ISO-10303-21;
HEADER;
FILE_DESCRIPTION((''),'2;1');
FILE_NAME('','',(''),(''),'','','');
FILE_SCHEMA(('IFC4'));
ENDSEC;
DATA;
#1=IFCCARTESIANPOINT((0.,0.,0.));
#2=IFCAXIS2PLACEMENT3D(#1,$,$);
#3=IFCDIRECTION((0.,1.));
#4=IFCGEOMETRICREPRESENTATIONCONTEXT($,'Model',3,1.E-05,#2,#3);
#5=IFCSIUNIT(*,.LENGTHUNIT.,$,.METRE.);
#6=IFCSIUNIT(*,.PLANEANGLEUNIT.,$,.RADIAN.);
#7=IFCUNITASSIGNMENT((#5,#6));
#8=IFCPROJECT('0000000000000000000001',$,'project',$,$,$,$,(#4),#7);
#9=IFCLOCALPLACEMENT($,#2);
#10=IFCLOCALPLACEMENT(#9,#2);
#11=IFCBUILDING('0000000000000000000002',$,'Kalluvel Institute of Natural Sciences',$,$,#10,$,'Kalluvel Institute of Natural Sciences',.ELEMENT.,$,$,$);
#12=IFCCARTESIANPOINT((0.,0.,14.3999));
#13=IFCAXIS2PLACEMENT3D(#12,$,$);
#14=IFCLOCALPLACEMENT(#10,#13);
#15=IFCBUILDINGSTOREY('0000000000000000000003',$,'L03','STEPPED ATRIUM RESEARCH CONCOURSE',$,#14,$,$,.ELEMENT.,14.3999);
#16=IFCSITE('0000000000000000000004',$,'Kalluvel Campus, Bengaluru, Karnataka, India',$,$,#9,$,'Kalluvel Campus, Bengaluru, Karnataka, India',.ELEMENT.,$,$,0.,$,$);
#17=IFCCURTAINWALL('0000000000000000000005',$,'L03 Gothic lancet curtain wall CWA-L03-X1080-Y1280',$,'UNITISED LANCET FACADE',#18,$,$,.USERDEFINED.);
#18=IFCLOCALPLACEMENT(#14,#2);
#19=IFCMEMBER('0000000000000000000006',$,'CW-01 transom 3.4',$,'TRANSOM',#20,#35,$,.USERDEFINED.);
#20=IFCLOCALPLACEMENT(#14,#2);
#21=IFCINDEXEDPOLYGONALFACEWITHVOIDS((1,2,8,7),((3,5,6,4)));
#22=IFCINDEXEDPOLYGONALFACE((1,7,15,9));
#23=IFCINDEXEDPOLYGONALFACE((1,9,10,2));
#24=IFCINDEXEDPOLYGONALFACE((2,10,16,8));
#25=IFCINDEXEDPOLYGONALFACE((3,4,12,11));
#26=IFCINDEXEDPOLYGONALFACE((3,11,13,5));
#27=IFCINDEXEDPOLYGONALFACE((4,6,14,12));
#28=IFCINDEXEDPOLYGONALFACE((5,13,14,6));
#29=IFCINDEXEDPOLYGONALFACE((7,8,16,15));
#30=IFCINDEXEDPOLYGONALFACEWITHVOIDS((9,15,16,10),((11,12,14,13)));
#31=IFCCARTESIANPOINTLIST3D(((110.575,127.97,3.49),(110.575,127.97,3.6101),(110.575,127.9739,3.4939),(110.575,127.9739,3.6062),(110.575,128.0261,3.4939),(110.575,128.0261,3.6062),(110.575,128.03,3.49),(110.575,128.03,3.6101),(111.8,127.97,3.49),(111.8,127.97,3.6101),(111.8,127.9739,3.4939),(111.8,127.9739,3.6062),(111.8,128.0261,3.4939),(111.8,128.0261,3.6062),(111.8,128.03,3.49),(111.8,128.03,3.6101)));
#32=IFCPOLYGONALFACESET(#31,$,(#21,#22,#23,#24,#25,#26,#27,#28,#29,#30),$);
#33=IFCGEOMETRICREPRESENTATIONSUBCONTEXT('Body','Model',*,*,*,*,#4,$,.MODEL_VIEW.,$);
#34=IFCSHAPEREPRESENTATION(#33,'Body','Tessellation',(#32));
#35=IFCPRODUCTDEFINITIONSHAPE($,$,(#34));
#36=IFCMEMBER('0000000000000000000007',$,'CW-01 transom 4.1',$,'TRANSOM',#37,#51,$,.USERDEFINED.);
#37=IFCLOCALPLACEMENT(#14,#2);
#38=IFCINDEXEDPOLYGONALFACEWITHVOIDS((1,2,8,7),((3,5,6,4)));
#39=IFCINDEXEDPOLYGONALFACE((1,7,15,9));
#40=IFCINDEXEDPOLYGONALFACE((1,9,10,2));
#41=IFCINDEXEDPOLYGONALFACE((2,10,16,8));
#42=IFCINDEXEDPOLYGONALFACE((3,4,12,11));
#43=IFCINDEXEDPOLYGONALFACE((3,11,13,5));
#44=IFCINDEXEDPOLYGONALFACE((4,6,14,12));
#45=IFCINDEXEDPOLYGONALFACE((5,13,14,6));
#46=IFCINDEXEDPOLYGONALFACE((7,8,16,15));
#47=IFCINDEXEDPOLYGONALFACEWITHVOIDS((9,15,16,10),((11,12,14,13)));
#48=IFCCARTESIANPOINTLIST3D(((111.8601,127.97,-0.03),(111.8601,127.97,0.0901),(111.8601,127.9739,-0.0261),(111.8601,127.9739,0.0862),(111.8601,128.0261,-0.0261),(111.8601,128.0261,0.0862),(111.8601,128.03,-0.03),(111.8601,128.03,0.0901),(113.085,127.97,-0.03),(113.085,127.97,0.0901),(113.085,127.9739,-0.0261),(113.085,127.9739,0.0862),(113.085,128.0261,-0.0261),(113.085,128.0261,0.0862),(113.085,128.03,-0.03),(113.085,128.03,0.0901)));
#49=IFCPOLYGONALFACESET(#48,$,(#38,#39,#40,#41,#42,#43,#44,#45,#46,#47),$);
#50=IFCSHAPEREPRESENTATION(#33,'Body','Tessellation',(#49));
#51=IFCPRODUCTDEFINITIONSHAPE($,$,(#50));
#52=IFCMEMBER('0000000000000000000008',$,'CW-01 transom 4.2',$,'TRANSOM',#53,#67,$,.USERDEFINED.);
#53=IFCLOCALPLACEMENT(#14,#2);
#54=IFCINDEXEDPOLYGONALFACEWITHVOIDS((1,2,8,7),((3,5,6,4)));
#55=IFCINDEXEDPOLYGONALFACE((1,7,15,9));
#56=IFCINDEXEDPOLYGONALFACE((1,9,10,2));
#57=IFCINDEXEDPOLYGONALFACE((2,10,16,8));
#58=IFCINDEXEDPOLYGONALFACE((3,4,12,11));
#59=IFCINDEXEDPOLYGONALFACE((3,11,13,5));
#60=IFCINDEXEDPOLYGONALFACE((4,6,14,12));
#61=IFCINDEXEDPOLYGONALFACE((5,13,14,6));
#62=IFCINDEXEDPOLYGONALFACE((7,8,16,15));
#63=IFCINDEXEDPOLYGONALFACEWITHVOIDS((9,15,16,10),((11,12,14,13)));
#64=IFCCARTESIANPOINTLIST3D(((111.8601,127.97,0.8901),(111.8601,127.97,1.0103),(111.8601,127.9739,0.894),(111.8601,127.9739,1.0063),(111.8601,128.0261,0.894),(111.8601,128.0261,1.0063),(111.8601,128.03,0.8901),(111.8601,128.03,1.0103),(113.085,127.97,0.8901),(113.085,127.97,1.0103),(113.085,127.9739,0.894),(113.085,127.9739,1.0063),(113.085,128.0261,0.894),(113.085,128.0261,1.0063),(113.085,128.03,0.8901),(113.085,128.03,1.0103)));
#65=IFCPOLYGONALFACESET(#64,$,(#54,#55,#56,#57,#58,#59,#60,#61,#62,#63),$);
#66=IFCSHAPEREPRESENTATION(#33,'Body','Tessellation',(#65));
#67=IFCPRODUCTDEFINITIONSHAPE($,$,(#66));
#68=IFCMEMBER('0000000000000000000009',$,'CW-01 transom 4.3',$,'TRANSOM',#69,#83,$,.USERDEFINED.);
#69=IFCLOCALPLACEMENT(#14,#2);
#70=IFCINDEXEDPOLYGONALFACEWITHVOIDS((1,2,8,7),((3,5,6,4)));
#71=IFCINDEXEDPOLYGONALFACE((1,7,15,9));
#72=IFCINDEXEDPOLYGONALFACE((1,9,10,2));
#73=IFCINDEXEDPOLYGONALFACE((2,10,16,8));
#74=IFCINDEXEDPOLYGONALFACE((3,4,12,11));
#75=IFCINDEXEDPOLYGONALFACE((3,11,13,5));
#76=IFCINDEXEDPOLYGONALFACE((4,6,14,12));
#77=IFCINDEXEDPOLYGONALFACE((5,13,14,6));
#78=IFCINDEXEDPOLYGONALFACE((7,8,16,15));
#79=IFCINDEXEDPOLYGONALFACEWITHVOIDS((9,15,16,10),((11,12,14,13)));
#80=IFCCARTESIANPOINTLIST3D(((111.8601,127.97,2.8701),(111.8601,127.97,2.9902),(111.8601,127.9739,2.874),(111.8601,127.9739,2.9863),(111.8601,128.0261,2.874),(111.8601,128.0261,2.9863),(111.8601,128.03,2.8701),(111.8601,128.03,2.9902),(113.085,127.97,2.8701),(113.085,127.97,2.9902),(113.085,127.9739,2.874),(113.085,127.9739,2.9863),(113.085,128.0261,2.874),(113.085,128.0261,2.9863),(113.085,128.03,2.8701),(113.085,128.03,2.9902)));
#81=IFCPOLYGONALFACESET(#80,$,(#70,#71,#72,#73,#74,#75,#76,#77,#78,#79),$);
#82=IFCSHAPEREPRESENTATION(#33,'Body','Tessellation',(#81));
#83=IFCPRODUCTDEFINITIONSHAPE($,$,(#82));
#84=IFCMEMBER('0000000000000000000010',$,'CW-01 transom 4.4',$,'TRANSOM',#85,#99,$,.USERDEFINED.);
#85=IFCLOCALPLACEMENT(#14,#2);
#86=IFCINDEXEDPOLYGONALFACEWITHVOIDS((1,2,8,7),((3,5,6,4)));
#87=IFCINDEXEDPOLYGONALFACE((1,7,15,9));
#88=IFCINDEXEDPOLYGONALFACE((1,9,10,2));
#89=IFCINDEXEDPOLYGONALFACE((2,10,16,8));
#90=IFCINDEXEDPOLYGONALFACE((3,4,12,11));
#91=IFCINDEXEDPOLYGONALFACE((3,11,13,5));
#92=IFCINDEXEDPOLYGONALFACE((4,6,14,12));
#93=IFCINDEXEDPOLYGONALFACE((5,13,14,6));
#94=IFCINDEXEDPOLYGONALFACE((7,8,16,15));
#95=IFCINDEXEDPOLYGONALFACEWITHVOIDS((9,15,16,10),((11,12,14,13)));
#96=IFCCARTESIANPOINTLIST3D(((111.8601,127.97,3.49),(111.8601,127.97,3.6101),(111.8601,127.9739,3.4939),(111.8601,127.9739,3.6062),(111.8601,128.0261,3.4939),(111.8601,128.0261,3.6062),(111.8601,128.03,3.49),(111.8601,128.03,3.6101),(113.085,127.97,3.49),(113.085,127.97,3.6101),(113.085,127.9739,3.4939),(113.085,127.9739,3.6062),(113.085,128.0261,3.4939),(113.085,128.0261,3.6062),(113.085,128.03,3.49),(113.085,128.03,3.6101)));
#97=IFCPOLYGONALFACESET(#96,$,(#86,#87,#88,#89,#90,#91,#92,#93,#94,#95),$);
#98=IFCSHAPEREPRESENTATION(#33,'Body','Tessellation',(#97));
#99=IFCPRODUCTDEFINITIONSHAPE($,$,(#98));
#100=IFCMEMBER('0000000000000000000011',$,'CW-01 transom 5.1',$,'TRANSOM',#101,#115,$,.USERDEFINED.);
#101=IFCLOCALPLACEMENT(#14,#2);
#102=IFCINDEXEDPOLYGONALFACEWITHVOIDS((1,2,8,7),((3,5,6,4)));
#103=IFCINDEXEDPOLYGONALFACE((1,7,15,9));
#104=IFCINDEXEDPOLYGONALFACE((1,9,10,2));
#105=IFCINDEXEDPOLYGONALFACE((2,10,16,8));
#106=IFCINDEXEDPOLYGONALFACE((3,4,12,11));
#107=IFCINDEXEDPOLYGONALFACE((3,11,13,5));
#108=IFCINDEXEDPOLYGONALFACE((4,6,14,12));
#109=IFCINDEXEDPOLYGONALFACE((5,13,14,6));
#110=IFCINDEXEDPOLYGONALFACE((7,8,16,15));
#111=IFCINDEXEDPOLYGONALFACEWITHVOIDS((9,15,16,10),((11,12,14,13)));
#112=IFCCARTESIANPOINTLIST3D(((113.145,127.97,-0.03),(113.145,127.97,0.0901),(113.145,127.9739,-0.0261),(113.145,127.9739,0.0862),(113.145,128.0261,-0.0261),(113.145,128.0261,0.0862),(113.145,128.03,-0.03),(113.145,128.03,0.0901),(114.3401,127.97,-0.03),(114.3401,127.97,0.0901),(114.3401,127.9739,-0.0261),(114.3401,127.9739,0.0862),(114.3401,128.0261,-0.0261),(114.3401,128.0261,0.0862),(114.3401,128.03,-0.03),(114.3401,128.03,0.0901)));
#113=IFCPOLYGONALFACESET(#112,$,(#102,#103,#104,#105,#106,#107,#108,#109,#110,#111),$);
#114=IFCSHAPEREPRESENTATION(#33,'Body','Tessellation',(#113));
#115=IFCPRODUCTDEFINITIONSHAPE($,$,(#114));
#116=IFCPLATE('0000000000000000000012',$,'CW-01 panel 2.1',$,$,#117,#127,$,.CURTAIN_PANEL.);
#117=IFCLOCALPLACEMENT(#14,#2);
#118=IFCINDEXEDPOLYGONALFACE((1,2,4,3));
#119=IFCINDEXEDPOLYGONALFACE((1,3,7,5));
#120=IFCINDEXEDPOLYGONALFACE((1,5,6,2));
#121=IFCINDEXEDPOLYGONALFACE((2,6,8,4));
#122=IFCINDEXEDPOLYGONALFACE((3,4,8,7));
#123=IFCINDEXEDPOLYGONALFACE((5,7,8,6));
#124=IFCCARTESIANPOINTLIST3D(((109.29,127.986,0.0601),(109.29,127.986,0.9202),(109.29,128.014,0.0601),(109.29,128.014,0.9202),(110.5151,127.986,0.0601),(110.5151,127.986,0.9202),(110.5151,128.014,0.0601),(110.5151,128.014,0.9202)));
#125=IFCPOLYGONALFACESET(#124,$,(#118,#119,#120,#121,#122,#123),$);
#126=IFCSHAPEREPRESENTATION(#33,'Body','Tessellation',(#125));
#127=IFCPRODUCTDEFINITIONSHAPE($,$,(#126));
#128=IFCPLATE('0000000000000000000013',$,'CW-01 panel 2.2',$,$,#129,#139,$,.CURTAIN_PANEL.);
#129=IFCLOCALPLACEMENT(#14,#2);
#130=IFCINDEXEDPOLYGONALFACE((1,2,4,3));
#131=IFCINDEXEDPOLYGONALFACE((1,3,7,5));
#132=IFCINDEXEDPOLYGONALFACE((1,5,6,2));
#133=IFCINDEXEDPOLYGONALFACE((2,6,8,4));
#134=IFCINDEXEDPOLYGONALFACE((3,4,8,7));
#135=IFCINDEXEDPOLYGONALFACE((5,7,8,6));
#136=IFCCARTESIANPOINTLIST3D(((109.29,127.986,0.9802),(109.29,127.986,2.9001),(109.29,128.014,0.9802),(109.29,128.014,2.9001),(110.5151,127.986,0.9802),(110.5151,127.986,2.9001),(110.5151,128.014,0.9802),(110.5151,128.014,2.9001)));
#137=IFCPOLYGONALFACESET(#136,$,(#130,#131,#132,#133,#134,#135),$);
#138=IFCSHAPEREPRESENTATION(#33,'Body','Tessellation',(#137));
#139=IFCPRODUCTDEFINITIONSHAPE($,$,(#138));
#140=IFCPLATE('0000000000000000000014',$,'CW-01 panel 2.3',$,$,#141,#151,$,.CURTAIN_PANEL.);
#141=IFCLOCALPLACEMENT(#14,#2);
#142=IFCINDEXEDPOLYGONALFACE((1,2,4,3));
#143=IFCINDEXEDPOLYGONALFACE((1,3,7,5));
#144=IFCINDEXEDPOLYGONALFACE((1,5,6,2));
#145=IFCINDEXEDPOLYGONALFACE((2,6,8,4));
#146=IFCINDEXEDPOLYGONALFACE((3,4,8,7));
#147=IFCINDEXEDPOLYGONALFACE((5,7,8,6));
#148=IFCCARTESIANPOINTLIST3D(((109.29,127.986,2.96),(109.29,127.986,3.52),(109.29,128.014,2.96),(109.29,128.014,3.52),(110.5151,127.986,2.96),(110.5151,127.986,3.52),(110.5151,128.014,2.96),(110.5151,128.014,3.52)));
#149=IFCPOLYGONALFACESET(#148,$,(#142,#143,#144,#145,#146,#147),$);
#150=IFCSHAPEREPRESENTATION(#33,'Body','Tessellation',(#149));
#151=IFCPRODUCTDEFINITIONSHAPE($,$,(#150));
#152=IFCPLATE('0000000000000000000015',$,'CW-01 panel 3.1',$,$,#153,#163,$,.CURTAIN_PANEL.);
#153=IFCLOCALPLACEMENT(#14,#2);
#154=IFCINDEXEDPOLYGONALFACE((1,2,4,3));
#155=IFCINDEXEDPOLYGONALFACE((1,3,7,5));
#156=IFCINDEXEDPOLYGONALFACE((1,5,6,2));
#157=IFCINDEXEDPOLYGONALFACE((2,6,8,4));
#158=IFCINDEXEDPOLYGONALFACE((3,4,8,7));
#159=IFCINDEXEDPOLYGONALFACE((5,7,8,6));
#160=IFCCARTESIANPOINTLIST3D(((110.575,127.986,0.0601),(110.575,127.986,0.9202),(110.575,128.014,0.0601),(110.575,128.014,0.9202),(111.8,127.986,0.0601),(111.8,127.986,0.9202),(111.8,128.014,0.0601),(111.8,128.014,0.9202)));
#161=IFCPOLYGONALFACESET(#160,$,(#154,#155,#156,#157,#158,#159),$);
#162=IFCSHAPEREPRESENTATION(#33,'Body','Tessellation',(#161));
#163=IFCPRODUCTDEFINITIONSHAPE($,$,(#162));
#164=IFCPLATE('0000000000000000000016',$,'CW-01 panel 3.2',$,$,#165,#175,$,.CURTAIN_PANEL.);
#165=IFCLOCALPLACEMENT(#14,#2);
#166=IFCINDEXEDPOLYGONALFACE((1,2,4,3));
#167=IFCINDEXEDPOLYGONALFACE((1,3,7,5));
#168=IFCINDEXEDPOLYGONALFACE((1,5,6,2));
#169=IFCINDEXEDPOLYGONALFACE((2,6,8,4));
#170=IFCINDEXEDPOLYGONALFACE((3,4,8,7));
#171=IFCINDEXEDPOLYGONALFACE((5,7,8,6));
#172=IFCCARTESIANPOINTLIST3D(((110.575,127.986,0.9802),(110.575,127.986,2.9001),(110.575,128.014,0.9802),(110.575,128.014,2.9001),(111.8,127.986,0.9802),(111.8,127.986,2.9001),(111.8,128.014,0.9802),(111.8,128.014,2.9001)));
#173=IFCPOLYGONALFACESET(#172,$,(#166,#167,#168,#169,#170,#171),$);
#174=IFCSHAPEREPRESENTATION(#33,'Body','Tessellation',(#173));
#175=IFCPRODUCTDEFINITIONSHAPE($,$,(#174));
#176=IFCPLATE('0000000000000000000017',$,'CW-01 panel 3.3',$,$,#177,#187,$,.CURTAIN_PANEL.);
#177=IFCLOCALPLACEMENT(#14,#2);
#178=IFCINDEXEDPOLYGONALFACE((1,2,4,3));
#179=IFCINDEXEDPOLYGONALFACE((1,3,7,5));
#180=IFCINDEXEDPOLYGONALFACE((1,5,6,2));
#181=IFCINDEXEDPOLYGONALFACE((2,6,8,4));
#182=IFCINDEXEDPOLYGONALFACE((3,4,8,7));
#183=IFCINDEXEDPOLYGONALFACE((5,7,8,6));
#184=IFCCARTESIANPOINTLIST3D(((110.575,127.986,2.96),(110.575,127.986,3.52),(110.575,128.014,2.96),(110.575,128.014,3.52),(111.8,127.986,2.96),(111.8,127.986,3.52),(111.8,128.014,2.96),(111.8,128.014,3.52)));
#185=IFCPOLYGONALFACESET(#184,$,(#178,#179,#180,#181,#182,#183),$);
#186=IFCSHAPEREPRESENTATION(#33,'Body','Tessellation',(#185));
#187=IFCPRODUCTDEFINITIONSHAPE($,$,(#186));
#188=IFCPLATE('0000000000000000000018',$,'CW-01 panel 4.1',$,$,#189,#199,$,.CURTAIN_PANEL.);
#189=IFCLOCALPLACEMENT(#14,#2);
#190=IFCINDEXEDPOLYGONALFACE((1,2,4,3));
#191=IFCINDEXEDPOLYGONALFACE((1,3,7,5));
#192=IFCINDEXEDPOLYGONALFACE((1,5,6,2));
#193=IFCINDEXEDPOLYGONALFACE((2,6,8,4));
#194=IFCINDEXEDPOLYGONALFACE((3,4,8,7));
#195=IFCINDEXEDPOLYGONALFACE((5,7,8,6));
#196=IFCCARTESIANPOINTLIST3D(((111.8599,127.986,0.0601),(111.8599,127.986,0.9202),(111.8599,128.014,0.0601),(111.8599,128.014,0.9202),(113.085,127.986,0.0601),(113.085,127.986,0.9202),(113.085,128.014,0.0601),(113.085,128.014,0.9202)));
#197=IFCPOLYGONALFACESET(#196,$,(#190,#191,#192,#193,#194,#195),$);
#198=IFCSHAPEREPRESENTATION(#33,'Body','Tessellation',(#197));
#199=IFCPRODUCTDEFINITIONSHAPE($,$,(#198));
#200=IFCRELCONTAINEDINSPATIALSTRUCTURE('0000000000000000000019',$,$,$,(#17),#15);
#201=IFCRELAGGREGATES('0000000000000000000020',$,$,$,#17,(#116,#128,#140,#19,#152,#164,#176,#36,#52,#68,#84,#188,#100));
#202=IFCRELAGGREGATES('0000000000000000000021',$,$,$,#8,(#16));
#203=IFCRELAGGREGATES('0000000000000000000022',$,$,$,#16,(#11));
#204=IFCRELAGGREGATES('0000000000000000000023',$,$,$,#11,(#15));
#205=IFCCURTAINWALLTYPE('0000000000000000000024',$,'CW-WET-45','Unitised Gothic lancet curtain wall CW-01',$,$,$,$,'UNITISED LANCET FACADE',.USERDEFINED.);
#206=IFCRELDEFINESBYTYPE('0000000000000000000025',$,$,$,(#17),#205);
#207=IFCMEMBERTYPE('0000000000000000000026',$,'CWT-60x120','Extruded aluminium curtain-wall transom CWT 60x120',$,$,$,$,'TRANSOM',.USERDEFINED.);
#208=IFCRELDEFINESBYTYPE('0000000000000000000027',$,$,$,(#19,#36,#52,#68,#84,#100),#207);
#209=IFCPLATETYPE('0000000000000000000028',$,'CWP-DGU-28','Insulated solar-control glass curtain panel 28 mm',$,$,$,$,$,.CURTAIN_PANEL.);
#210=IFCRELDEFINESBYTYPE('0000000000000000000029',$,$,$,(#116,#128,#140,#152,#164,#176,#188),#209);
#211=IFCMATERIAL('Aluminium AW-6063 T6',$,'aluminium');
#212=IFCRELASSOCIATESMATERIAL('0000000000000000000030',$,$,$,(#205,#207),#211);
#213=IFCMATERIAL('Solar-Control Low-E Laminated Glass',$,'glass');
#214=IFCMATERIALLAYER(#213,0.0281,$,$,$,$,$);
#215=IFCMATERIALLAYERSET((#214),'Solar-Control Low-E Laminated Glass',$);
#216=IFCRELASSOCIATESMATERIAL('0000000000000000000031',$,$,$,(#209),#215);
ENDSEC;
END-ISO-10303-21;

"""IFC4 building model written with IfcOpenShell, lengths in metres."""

from ifc_helpers import new_model, si_unit, direction, frame, origin, origin_2d, place, context, subcontext, project, spatial, rectangle, hollow_rectangle, extrude, material, layer, layer_set, material_profile, profile_set, type_object, element, aggregate, save


model = new_model("IFC4")

# Units and contexts
model_context = context("Model", 3, precision=1e-05, world=origin(), true_north=direction((0.0, 1.0)))
body_context = subcontext(model_context, "Body", "Model", "MODEL_VIEW")
ifc_project = project(units=[si_unit("LENGTHUNIT", "METRE"), si_unit("PLANEANGLEUNIT", "RADIAN")], contexts=[model_context])

# Site, building, storey
site_placement = place(None, origin())
site = spatial("IfcSite", under=ifc_project, at=site_placement, Name="Kalluvel Campus, Bengaluru, Karnataka, India", LongName="Kalluvel Campus, Bengaluru, Karnataka, India", CompositionType="ELEMENT", RefElevation=0.0)
building_placement = place(site_placement, origin())
building = spatial("IfcBuilding", under=site, at=building_placement, Name="Kalluvel Institute of Natural Sciences", LongName="Kalluvel Institute of Natural Sciences", CompositionType="ELEMENT")
storey_placement = place(building_placement, frame((0.0, 0.0, 14.3999)))
storey = spatial("IfcBuildingStorey", under=building, at=storey_placement, Name="L03", Description="STEPPED ATRIUM RESEARCH CONCOURSE", CompositionType="ELEMENT", Elevation=14.3999)

# Curtain wall, members, plates
ifc_material_1 = material(Name="Aluminium AW-6063 T6", Category="aluminium")
curtain_wall_type = type_object("IfcCurtainWallType", Name="CW-WET-45", Description="Unitised Gothic lancet curtain wall CW-01", ElementType="UNITISED LANCET FACADE", PredefinedType="USERDEFINED", material=ifc_material_1)
curtain_wall_placement = place(storey_placement, origin())
curtain_wall = element("IfcCurtainWall", 1, at=curtain_wall_placement, inside=storey, type_object=curtain_wall_type, Name="L03 Gothic lancet curtain wall CWA-L03-X1080-Y1280", ObjectType="UNITISED LANCET FACADE", PredefinedType="USERDEFINED")
ifc_material_profile_1 = material_profile(ifc_material_1, hollow_rectangle(XDim=0.0601, YDim=0.1201, WallThickness=0.0039, at=origin_2d()), Name="CWT 60x120")
ifc_profile_set_1 = profile_set([ifc_material_profile_1], Name="Aluminium AW-6063 T6")
member_type_1 = type_object("IfcMemberType", Name="CWT-60x120", Description="Extruded aluminium curtain-wall transom CWT 60x120", ElementType="TRANSOM", PredefinedType="USERDEFINED", material=ifc_profile_set_1)
member_1_placement = place(storey_placement, frame((110.575, 128.0, 3.55), z_axis=(1.0, 0.0, 0.0), x_axis=(0.0, 1.0, 0.0)))
member_1 = element("IfcMember", 2, at=member_1_placement, type_object=member_type_1, Name="CW-01 transom 3.4", ObjectType="TRANSOM", PredefinedType="USERDEFINED", context=body_context, shape_type="SweptSolid", body=[
    extrude(hollow_rectangle(XDim=0.0601, YDim=0.1201, WallThickness=0.0039, at=origin_2d()), origin(), (0.0, 0.0, 1.0), 1.2251),
])
member_2_placement = place(storey_placement, frame((111.8601, 128.0, 0.03), z_axis=(1.0, 0.0, 0.0), x_axis=(0.0, 1.0, 0.0)))
member_2 = element("IfcMember", 3, at=member_2_placement, type_object=member_type_1, Name="CW-01 transom 4.1", ObjectType="TRANSOM", PredefinedType="USERDEFINED", context=body_context, shape_type="SweptSolid", body=[
    extrude(hollow_rectangle(XDim=0.0601, YDim=0.1201, WallThickness=0.0039, at=origin_2d()), origin(), (0.0, 0.0, 1.0), 1.2249),
])
member_3_placement = place(storey_placement, frame((111.8601, 128.0, 0.9502), z_axis=(1.0, 0.0, 0.0), x_axis=(0.0, 1.0, 0.0)))
member_3 = element("IfcMember", 4, at=member_3_placement, type_object=member_type_1, Name="CW-01 transom 4.2", ObjectType="TRANSOM", PredefinedType="USERDEFINED", context=body_context, shape_type="SweptSolid", body=[
    extrude(hollow_rectangle(XDim=0.0601, YDim=0.1201, WallThickness=0.0039, at=origin_2d()), origin(), (0.0, 0.0, 1.0), 1.2249),
])
member_4_placement = place(storey_placement, frame((111.8601, 128.0, 2.9302), z_axis=(1.0, 0.0, 0.0), x_axis=(0.0, 1.0, 0.0)))
member_4 = element("IfcMember", 5, at=member_4_placement, type_object=member_type_1, Name="CW-01 transom 4.3", ObjectType="TRANSOM", PredefinedType="USERDEFINED", context=body_context, shape_type="SweptSolid", body=[
    extrude(hollow_rectangle(XDim=0.0601, YDim=0.1201, WallThickness=0.0039, at=origin_2d()), origin(), (0.0, 0.0, 1.0), 1.2249),
])
member_5_placement = place(storey_placement, frame((111.8601, 128.0, 3.55), z_axis=(1.0, 0.0, 0.0), x_axis=(0.0, 1.0, 0.0)))
member_5 = element("IfcMember", 6, at=member_5_placement, type_object=member_type_1, Name="CW-01 transom 4.4", ObjectType="TRANSOM", PredefinedType="USERDEFINED", context=body_context, shape_type="SweptSolid", body=[
    extrude(hollow_rectangle(XDim=0.0601, YDim=0.1201, WallThickness=0.0039, at=origin_2d()), origin(), (0.0, 0.0, 1.0), 1.2249),
])
member_6_placement = place(storey_placement, frame((113.145, 128.0, 0.03), z_axis=(1.0, 0.0, 0.0), x_axis=(0.0, 1.0, 0.0)))
member_6 = element("IfcMember", 7, at=member_6_placement, type_object=member_type_1, Name="CW-01 transom 5.1", ObjectType="TRANSOM", PredefinedType="USERDEFINED", context=body_context, shape_type="SweptSolid", body=[
    extrude(hollow_rectangle(XDim=0.0601, YDim=0.1201, WallThickness=0.0039, at=origin_2d()), origin(), (0.0, 0.0, 1.0), 1.1951),
])
ifc_material_2 = material(Name="Solar-Control Low-E Laminated Glass", Category="glass")
ifc_layer = layer(ifc_material_2, 0.0281)
ifc_layer_set = layer_set([ifc_layer], Name="Solar-Control Low-E Laminated Glass")
plate_type = type_object("IfcPlateType", Name="CWP-DGU-28", Description="Insulated solar-control glass curtain panel 28 mm", PredefinedType="CURTAIN_PANEL", material=ifc_layer_set)
plate_1_placement = place(storey_placement, frame((109.9026, 128.0, 0.0601), z_axis=(0.0, 0.0, 1.0), x_axis=(1.0, 0.0, 0.0)))
plate_1 = element("IfcPlate", 8, at=plate_1_placement, type_object=plate_type, Name="CW-01 panel 2.1", PredefinedType="CURTAIN_PANEL", context=body_context, shape_type="SweptSolid", body=[
    extrude(rectangle(XDim=1.2251, YDim=0.0281, at=origin_2d()), origin(), (0.0, 0.0, 1.0), 0.8601),
])
plate_2_placement = place(storey_placement, frame((109.9026, 128.0, 0.9802), z_axis=(0.0, 0.0, 1.0), x_axis=(1.0, 0.0, 0.0)))
plate_2 = element("IfcPlate", 9, at=plate_2_placement, type_object=plate_type, Name="CW-01 panel 2.2", PredefinedType="CURTAIN_PANEL", context=body_context, shape_type="SweptSolid", body=[
    extrude(rectangle(XDim=1.2251, YDim=0.0281, at=origin_2d()), origin(), (0.0, 0.0, 1.0), 1.9199),
])
plate_3_placement = place(storey_placement, frame((109.9026, 128.0, 2.96), z_axis=(0.0, 0.0, 1.0), x_axis=(1.0, 0.0, 0.0)))
plate_3 = element("IfcPlate", 10, at=plate_3_placement, type_object=plate_type, Name="CW-01 panel 2.3", PredefinedType="CURTAIN_PANEL", context=body_context, shape_type="SweptSolid", body=[
    extrude(rectangle(XDim=1.2251, YDim=0.0281, at=origin_2d()), origin(), (0.0, 0.0, 1.0), 0.5601),
])
plate_4_placement = place(storey_placement, frame((111.1875, 128.0, 0.0601), z_axis=(0.0, 0.0, 1.0), x_axis=(1.0, 0.0, 0.0)))
plate_4 = element("IfcPlate", 11, at=plate_4_placement, type_object=plate_type, Name="CW-01 panel 3.1", PredefinedType="CURTAIN_PANEL", context=body_context, shape_type="SweptSolid", body=[
    extrude(rectangle(XDim=1.2251, YDim=0.0281, at=origin_2d()), origin(), (0.0, 0.0, 1.0), 0.8601),
])
plate_5_placement = place(storey_placement, frame((111.1875, 128.0, 0.9802), z_axis=(0.0, 0.0, 1.0), x_axis=(1.0, 0.0, 0.0)))
plate_5 = element("IfcPlate", 12, at=plate_5_placement, type_object=plate_type, Name="CW-01 panel 3.2", PredefinedType="CURTAIN_PANEL", context=body_context, shape_type="SweptSolid", body=[
    extrude(rectangle(XDim=1.2251, YDim=0.0281, at=origin_2d()), origin(), (0.0, 0.0, 1.0), 1.9199),
])
plate_6_placement = place(storey_placement, frame((111.1875, 128.0, 2.96), z_axis=(0.0, 0.0, 1.0), x_axis=(1.0, 0.0, 0.0)))
plate_6 = element("IfcPlate", 13, at=plate_6_placement, type_object=plate_type, Name="CW-01 panel 3.3", PredefinedType="CURTAIN_PANEL", context=body_context, shape_type="SweptSolid", body=[
    extrude(rectangle(XDim=1.2251, YDim=0.0281, at=origin_2d()), origin(), (0.0, 0.0, 1.0), 0.5601),
])
plate_7_placement = place(storey_placement, frame((112.4724, 128.0, 0.0601), z_axis=(0.0, 0.0, 1.0), x_axis=(1.0, 0.0, 0.0)))
plate_7 = element("IfcPlate", 14, at=plate_7_placement, type_object=plate_type, Name="CW-01 panel 4.1", PredefinedType="CURTAIN_PANEL", context=body_context, shape_type="SweptSolid", body=[
    extrude(rectangle(XDim=1.2251, YDim=0.0281, at=origin_2d()), origin(), (0.0, 0.0, 1.0), 0.8601),
])
aggregate(curtain_wall, [plate_1, plate_2, plate_3, member_1, plate_4, plate_5, plate_6, member_2, member_3, member_4, member_5, plate_7, member_6])

save(model, "model.ifc")
